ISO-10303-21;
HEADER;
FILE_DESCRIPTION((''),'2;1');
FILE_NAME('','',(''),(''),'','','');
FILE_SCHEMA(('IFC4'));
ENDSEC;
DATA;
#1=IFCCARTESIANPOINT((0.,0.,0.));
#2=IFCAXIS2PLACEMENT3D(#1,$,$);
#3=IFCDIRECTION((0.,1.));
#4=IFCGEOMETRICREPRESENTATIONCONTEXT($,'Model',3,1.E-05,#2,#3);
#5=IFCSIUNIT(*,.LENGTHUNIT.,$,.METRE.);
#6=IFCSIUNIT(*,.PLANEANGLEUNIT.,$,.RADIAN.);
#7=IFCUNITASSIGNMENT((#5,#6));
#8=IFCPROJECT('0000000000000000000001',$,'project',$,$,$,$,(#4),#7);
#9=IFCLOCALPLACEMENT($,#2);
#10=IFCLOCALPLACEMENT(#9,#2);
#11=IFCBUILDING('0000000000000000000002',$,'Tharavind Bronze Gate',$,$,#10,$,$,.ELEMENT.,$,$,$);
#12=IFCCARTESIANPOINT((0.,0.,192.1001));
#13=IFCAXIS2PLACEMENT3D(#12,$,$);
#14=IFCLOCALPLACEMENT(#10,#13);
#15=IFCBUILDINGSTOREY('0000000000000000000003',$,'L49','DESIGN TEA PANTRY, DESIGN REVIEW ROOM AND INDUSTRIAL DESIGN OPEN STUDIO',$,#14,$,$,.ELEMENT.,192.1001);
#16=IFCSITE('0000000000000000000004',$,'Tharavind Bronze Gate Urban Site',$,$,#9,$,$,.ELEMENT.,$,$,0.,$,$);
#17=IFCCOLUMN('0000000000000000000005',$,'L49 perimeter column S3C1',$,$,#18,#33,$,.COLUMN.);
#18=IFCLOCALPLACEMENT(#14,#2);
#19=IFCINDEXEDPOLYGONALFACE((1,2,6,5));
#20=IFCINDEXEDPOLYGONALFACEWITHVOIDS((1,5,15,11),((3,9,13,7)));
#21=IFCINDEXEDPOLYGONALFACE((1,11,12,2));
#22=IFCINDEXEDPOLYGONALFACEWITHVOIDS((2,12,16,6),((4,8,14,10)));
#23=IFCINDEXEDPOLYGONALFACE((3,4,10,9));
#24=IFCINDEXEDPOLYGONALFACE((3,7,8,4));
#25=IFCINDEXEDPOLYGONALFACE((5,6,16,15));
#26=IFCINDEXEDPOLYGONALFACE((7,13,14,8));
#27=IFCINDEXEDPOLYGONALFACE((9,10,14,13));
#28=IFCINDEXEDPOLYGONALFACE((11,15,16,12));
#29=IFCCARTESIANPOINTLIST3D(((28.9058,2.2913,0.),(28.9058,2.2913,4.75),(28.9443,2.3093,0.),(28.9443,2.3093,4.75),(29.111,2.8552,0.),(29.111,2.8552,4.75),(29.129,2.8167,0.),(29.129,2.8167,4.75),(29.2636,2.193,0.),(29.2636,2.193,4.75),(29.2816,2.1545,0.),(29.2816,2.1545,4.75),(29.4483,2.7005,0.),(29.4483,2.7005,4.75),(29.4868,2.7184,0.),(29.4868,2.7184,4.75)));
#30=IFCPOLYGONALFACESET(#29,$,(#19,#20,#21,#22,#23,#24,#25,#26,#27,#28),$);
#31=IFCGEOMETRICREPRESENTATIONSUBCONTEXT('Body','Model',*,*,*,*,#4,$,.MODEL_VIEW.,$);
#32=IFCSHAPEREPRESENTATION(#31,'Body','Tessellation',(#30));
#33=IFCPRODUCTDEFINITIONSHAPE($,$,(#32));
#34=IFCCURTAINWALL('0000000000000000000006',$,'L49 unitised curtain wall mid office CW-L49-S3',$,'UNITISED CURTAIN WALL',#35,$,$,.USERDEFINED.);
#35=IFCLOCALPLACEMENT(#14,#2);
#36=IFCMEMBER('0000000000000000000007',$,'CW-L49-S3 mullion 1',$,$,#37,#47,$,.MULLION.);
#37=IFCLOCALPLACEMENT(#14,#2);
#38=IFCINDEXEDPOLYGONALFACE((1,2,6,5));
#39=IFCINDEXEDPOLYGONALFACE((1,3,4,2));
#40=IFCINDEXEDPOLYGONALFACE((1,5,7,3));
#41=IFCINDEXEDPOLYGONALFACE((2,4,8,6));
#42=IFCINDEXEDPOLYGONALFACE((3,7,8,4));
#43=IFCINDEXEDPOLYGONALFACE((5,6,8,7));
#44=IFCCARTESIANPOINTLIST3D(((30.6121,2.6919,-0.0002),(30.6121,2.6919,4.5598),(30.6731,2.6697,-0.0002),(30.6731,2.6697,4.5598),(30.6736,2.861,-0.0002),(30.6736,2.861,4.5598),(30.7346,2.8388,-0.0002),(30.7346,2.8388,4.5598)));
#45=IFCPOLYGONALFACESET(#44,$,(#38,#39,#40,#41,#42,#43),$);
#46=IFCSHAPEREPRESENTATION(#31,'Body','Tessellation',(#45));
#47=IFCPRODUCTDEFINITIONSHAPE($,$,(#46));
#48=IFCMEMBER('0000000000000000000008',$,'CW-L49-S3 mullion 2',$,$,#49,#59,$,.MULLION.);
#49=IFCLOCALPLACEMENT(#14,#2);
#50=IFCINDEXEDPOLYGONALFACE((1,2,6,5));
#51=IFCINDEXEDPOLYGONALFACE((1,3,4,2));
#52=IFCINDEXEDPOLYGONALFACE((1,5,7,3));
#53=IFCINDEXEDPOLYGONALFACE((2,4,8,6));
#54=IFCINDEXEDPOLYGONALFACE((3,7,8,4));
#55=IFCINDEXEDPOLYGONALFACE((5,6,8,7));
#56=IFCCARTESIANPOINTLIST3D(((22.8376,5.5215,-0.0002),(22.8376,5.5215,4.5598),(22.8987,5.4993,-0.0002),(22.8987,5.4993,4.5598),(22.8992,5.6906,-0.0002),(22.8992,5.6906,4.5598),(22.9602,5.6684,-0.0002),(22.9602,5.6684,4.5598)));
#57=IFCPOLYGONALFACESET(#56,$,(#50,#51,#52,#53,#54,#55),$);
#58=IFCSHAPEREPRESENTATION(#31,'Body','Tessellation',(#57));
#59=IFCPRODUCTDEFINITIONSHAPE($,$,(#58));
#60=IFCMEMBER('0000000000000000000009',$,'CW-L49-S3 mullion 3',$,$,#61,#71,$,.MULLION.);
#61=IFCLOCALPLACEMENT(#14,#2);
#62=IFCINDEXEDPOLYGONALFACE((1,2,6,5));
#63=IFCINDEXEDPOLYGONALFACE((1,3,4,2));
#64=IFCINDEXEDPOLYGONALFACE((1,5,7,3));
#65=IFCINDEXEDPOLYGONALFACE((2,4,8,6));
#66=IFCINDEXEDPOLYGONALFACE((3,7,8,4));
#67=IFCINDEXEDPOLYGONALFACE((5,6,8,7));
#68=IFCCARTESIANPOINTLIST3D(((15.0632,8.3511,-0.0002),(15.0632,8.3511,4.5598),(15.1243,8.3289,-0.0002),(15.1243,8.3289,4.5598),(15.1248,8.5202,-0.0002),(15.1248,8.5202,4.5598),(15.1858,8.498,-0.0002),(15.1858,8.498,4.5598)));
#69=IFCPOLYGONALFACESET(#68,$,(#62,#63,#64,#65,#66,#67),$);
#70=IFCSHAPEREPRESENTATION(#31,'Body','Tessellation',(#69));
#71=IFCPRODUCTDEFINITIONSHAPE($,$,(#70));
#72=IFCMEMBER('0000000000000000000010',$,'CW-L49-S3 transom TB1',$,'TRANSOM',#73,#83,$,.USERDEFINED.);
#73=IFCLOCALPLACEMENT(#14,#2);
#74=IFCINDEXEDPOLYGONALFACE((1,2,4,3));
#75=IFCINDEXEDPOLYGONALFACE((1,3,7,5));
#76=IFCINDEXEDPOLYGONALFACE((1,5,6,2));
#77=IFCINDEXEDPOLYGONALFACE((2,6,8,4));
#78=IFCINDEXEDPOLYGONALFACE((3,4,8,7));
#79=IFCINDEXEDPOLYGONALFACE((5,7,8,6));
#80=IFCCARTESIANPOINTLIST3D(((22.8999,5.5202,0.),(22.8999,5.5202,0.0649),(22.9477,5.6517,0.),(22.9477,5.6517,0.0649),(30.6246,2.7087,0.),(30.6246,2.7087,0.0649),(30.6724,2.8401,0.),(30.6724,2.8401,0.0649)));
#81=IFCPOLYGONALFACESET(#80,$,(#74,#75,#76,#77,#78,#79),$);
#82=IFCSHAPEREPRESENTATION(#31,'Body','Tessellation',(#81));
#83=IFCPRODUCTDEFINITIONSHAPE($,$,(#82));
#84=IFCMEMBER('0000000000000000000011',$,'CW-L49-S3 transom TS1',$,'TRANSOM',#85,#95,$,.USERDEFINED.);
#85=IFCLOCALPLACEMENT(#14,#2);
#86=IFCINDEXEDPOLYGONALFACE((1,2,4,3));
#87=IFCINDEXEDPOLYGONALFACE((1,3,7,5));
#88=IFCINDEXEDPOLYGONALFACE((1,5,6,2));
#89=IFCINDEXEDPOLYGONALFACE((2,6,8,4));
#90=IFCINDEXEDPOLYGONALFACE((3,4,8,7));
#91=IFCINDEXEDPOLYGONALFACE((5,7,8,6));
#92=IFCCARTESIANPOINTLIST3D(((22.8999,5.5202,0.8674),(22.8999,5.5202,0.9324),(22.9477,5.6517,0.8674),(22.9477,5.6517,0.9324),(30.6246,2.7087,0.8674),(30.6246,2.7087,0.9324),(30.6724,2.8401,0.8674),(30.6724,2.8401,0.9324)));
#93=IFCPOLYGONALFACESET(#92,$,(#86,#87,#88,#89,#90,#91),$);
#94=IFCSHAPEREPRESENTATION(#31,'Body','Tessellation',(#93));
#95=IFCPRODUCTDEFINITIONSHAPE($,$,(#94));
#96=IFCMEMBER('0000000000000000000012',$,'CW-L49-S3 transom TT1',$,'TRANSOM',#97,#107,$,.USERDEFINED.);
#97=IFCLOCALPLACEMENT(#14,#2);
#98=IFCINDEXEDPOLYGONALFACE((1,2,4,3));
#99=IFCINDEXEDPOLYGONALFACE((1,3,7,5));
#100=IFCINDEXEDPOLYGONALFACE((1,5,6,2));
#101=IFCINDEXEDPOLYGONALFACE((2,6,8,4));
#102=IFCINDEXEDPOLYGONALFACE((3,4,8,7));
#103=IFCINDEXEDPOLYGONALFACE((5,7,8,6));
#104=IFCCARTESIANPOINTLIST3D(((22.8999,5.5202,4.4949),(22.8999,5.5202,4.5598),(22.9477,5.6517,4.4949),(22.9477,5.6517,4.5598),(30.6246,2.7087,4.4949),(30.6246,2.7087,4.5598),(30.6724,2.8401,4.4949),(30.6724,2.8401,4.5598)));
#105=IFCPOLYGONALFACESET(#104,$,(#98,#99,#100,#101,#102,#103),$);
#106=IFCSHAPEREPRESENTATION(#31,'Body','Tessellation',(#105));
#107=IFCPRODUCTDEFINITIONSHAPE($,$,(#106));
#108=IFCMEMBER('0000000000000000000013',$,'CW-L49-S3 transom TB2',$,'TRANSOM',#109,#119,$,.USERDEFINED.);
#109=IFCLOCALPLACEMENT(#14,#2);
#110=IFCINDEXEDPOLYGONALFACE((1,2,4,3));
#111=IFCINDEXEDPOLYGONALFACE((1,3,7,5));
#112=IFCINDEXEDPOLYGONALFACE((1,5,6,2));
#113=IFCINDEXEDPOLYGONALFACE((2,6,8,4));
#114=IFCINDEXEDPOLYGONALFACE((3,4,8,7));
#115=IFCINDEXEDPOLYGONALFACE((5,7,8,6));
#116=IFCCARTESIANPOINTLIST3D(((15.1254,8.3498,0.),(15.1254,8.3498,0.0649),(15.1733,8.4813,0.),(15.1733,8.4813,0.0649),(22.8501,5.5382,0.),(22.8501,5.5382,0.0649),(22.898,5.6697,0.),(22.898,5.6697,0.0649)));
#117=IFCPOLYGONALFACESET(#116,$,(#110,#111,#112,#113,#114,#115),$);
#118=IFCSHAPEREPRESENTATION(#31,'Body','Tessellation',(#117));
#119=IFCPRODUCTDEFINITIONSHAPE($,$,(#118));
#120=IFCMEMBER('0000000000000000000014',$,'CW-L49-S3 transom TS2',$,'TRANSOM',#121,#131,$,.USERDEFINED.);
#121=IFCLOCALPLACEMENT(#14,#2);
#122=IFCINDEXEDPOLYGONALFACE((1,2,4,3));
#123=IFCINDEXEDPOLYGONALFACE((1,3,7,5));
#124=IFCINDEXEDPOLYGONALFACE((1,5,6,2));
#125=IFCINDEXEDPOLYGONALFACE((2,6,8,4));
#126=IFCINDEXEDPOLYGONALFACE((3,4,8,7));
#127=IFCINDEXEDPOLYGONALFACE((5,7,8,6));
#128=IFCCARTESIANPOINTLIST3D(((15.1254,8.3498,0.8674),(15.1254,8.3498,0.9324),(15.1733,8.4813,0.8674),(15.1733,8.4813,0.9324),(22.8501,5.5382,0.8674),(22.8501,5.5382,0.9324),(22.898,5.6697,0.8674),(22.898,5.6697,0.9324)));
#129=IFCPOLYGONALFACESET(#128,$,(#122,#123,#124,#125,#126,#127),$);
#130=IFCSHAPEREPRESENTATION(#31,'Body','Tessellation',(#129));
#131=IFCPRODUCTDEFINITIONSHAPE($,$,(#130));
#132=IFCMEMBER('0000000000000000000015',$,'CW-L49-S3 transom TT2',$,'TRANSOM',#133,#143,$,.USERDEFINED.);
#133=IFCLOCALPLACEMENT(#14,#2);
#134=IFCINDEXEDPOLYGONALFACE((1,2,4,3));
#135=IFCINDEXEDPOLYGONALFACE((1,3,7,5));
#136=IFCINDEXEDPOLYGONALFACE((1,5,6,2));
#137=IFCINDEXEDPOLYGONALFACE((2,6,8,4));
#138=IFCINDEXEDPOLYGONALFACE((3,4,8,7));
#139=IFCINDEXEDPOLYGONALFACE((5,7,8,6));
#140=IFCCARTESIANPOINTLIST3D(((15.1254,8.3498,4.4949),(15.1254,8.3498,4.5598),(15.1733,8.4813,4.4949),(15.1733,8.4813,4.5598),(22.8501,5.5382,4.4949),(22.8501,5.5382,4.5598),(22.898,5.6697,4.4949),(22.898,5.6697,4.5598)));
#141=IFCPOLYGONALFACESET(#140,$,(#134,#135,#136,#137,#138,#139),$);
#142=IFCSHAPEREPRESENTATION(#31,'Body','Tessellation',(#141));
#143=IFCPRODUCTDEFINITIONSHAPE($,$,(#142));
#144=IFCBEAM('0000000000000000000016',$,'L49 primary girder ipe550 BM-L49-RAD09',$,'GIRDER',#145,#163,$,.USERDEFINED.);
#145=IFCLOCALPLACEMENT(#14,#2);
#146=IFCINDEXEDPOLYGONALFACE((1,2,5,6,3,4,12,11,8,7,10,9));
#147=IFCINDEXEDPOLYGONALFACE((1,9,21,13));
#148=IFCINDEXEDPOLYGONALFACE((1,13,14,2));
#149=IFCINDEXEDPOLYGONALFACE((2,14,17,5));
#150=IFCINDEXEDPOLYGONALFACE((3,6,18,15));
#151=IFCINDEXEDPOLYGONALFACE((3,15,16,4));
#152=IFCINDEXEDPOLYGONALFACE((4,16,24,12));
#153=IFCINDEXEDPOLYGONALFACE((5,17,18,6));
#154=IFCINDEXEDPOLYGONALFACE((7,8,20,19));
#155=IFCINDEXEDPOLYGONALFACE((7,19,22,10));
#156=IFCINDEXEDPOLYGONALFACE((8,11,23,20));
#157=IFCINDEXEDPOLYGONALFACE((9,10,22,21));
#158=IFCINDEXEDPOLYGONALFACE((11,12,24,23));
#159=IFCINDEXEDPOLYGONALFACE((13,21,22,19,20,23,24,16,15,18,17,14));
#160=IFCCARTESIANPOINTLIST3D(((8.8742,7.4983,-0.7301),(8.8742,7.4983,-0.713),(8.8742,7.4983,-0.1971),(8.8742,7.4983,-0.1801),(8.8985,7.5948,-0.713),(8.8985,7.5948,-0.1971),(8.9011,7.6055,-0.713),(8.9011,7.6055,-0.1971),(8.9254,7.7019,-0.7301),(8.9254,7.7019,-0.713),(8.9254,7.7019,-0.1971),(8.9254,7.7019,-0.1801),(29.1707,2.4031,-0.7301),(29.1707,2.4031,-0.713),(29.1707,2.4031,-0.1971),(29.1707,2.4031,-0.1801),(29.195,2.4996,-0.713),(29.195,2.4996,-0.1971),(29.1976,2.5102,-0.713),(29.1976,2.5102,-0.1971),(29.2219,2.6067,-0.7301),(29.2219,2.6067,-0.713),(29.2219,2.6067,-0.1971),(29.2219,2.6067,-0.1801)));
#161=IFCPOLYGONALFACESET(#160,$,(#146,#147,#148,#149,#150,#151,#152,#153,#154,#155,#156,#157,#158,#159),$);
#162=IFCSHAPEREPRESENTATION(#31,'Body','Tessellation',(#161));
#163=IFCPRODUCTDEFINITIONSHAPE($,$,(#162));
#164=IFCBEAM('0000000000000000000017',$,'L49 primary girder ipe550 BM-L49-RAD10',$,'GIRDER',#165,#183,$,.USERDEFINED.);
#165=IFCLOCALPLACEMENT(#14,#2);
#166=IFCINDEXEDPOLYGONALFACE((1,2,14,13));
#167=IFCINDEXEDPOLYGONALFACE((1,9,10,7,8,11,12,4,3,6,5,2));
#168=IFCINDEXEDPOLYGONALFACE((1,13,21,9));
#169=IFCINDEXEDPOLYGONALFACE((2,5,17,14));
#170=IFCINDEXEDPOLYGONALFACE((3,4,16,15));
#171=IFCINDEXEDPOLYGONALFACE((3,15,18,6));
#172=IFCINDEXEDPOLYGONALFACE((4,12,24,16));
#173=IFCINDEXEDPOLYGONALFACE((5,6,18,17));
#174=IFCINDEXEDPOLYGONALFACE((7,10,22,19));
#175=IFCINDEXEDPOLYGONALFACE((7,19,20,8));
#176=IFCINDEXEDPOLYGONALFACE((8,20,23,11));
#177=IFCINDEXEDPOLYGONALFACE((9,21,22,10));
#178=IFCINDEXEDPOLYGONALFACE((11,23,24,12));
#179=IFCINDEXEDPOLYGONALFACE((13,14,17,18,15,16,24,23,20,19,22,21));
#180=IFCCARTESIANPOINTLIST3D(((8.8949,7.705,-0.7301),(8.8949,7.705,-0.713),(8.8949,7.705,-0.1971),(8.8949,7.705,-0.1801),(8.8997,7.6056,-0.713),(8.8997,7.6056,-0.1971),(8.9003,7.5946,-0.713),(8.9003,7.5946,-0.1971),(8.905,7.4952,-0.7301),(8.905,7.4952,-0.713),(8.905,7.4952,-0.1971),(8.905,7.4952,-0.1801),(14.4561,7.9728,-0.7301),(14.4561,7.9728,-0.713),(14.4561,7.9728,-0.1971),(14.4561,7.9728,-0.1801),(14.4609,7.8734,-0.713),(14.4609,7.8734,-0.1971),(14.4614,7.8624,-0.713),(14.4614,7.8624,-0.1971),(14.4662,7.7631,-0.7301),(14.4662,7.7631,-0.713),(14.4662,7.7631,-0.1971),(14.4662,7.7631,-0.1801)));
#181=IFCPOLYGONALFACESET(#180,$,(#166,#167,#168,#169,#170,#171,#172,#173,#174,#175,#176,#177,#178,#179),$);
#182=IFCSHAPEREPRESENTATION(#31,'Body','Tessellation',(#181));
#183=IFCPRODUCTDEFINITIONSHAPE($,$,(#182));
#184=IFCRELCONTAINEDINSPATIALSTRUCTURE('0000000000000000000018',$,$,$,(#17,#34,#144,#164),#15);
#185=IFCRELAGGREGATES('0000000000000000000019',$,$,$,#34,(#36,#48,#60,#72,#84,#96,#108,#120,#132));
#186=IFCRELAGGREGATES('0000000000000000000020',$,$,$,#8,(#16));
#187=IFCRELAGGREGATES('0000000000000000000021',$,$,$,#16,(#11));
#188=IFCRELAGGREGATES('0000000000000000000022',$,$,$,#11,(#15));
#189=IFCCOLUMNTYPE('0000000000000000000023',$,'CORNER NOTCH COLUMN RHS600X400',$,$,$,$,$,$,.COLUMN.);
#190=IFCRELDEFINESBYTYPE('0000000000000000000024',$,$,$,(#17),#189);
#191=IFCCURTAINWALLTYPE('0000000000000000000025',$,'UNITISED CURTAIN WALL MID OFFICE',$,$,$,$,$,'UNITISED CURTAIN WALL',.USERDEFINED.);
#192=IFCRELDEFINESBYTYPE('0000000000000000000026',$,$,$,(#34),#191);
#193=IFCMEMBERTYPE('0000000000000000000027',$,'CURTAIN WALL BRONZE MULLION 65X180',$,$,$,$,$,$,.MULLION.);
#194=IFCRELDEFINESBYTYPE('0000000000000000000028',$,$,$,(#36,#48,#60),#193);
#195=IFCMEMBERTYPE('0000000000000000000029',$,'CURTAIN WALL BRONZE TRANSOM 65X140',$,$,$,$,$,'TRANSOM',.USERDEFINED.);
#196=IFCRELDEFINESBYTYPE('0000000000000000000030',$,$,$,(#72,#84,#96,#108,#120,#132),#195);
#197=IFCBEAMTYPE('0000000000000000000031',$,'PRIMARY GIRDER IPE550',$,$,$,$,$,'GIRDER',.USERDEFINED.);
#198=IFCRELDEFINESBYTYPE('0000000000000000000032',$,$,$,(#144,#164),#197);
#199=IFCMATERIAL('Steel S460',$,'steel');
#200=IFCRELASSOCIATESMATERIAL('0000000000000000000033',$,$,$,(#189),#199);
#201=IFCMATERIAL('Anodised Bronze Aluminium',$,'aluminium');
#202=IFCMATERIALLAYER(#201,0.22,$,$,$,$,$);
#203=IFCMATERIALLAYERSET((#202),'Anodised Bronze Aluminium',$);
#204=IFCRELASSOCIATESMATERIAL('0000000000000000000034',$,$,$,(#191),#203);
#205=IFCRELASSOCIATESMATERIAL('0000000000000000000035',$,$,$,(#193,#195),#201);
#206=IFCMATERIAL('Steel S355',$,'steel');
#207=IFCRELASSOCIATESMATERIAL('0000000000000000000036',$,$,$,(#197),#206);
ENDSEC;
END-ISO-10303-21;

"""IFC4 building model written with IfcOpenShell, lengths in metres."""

from ifc_helpers import new_model, si_unit, direction, frame, origin, origin_2d, place, context, subcontext, project, spatial, rectangle, hollow_rectangle, i_section, extrude, material, layer, layer_set, material_profile, profile_set, type_object, element, aggregate, save


model = new_model("IFC4")

# Units and contexts
model_context = context("Model", 3, precision=1e-05, world=origin(), true_north=direction((0.0, 1.0)))
body_context = subcontext(model_context, "Body", "Model", "MODEL_VIEW")
ifc_project = project(units=[si_unit("LENGTHUNIT", "METRE"), si_unit("PLANEANGLEUNIT", "RADIAN")], contexts=[model_context])

# Site, building, storey
site_placement = place(None, origin())
site = spatial("IfcSite", under=ifc_project, at=site_placement, Name="Tharavind Bronze Gate Urban Site", CompositionType="ELEMENT", RefElevation=0.0)
building_placement = place(site_placement, origin())
building = spatial("IfcBuilding", under=site, at=building_placement, Name="Tharavind Bronze Gate", CompositionType="ELEMENT")
storey_placement = place(building_placement, frame((0.0, 0.0, 192.1001)))
storey = spatial("IfcBuildingStorey", under=building, at=storey_placement, Name="L49", Description="DESIGN TEA PANTRY, DESIGN REVIEW ROOM AND INDUSTRIAL DESIGN OPEN STUDIO", CompositionType="ELEMENT", Elevation=192.1001)

# Column
ifc_material_1 = material(Name="Steel S460", Category="steel")
ifc_material_profile_1 = material_profile(ifc_material_1, hollow_rectangle(XDim=0.3999, YDim=0.6001, WallThickness=0.03, at=origin_2d()), Name="RHS600X400X30")
ifc_profile_set_1 = profile_set([ifc_material_profile_1], Name="Steel S460")
column_type = type_object("IfcColumnType", Name="CORNER NOTCH COLUMN RHS600X400", PredefinedType="COLUMN", material=ifc_profile_set_1)
column_placement = place(storey_placement, frame((29.1963, 2.5049, 0.0), z_axis=(0.0, 0.0, 1.0), x_axis=(-0.939692, 0.342022, 0.0)))
element("IfcColumn", 1, at=column_placement, inside=storey, type_object=column_type, Name="L49 perimeter column S3C1", PredefinedType="COLUMN", context=body_context, shape_type="SweptSolid", body=[
    extrude(hollow_rectangle(XDim=0.3999, YDim=0.6001, WallThickness=0.03, at=origin_2d()), origin(), (0.0, 0.0, 1.0), 4.75),
])

# Curtain wall, members
ifc_material_2 = material(Name="Anodised Bronze Aluminium", Category="aluminium")
ifc_layer_1 = layer(ifc_material_2, 0.22)
ifc_layer_set_1 = layer_set([ifc_layer_1], Name="Anodised Bronze Aluminium")
curtain_wall_type = type_object("IfcCurtainWallType", Name="UNITISED CURTAIN WALL MID OFFICE", ElementType="UNITISED CURTAIN WALL", PredefinedType="USERDEFINED", material=ifc_layer_set_1)
curtain_wall_placement = place(storey_placement, origin())
curtain_wall = element("IfcCurtainWall", 2, at=curtain_wall_placement, inside=storey, type_object=curtain_wall_type, Name="L49 unitised curtain wall mid office CW-L49-S3", ObjectType="UNITISED CURTAIN WALL", PredefinedType="USERDEFINED")
member_type_1 = type_object("IfcMemberType", Name="CURTAIN WALL BRONZE MULLION 65X180", PredefinedType="MULLION", material=ifc_material_2)
member_1_placement = place(storey_placement, frame((30.6733, 2.7654, -0.0002), z_axis=(0.0, 0.0, 1.0), x_axis=(-0.939692, 0.342022, 0.0)))
member_1 = element("IfcMember", 3, at=member_1_placement, type_object=member_type_1, Name="CW-L49-S3 mullion 1", PredefinedType="MULLION", context=body_context, shape_type="SweptSolid", body=[
    extrude(rectangle(XDim=0.0649, YDim=0.1799, at=origin_2d()), origin(), (0.0, 0.0, 1.0), 4.5601),
])
member_2_placement = place(storey_placement, frame((22.8989, 5.595, -0.0002), z_axis=(0.0, 0.0, 1.0), x_axis=(-0.939692, 0.342022, 0.0)))
member_2 = element("IfcMember", 4, at=member_2_placement, type_object=member_type_1, Name="CW-L49-S3 mullion 2", PredefinedType="MULLION", context=body_context, shape_type="SweptSolid", body=[
    extrude(rectangle(XDim=0.0649, YDim=0.1799, at=origin_2d()), origin(), (0.0, 0.0, 1.0), 4.5601),
])
member_3_placement = place(storey_placement, frame((15.1245, 8.4246, -0.0002), z_axis=(0.0, 0.0, 1.0), x_axis=(-0.939692, 0.342022, 0.0)))
member_3 = element("IfcMember", 5, at=member_3_placement, type_object=member_type_1, Name="CW-L49-S3 mullion 3", PredefinedType="MULLION", context=body_context, shape_type="SweptSolid", body=[
    extrude(rectangle(XDim=0.0649, YDim=0.1799, at=origin_2d()), origin(), (0.0, 0.0, 1.0), 4.5601),
])
member_type_2 = type_object("IfcMemberType", Name="CURTAIN WALL BRONZE TRANSOM 65X140", ElementType="TRANSOM", PredefinedType="USERDEFINED", material=ifc_material_2)
member_4_placement = place(storey_placement, frame((26.7861, 4.1802, 0.0), z_axis=(0.0, 0.0, 1.0), x_axis=(-0.939692, 0.342022, 0.0)))
member_4 = element("IfcMember", 6, at=member_4_placement, type_object=member_type_2, Name="CW-L49-S3 transom TB1", ObjectType="TRANSOM", PredefinedType="USERDEFINED", context=body_context, shape_type="SweptSolid", body=[
    extrude(rectangle(XDim=8.2205, YDim=0.1399, at=origin_2d()), origin(), (0.0, 0.0, 1.0), 0.0649),
])
member_5_placement = place(storey_placement, frame((26.7861, 4.1802, 0.8674), z_axis=(0.0, 0.0, 1.0), x_axis=(-0.939692, 0.342022, 0.0)))
member_5 = element("IfcMember", 7, at=member_5_placement, type_object=member_type_2, Name="CW-L49-S3 transom TS1", ObjectType="TRANSOM", PredefinedType="USERDEFINED", context=body_context, shape_type="SweptSolid", body=[
    extrude(rectangle(XDim=8.2205, YDim=0.1399, at=origin_2d()), origin(), (0.0, 0.0, 1.0), 0.0649),
])
member_6_placement = place(storey_placement, frame((26.7861, 4.1802, 4.4949), z_axis=(0.0, 0.0, 1.0), x_axis=(-0.939692, 0.342022, 0.0)))
member_6 = element("IfcMember", 8, at=member_6_placement, type_object=member_type_2, Name="CW-L49-S3 transom TT1", ObjectType="TRANSOM", PredefinedType="USERDEFINED", context=body_context, shape_type="SweptSolid", body=[
    extrude(rectangle(XDim=8.2205, YDim=0.1399, at=origin_2d()), origin(), (0.0, 0.0, 1.0), 0.0649),
])
member_7_placement = place(storey_placement, frame((19.0117, 7.0098, 0.0), z_axis=(0.0, 0.0, 1.0), x_axis=(-0.939692, 0.342022, 0.0)))
member_7 = element("IfcMember", 9, at=member_7_placement, type_object=member_type_2, Name="CW-L49-S3 transom TB2", ObjectType="TRANSOM", PredefinedType="USERDEFINED", context=body_context, shape_type="SweptSolid", body=[
    extrude(rectangle(XDim=8.2205, YDim=0.1399, at=origin_2d()), origin(), (0.0, 0.0, 1.0), 0.0649),
])
member_8_placement = place(storey_placement, frame((19.0117, 7.0098, 0.8674), z_axis=(0.0, 0.0, 1.0), x_axis=(-0.939692, 0.342022, 0.0)))
member_8 = element("IfcMember", 10, at=member_8_placement, type_object=member_type_2, Name="CW-L49-S3 transom TS2", ObjectType="TRANSOM", PredefinedType="USERDEFINED", context=body_context, shape_type="SweptSolid", body=[
    extrude(rectangle(XDim=8.2205, YDim=0.1399, at=origin_2d()), origin(), (0.0, 0.0, 1.0), 0.0649),
])
member_9_placement = place(storey_placement, frame((19.0117, 7.0098, 4.4949), z_axis=(0.0, 0.0, 1.0), x_axis=(-0.939692, 0.342022, 0.0)))
member_9 = element("IfcMember", 11, at=member_9_placement, type_object=member_type_2, Name="CW-L49-S3 transom TT2", ObjectType="TRANSOM", PredefinedType="USERDEFINED", context=body_context, shape_type="SweptSolid", body=[
    extrude(rectangle(XDim=8.2205, YDim=0.1399, at=origin_2d()), origin(), (0.0, 0.0, 1.0), 0.0649),
])

# Beams
ifc_material_3 = material(Name="Steel S355", Category="steel")
ifc_material_profile_2 = material_profile(ifc_material_3, i_section(OverallWidth=0.21, OverallDepth=0.55, WebThickness=0.011, FlangeThickness=0.0171, at=origin_2d()), Name="IPE550")
ifc_profile_set_2 = profile_set([ifc_material_profile_2], Name="Steel S355")
beam_type_1 = type_object("IfcBeamType", Name="PRIMARY GIRDER IPE550", ElementType="GIRDER", PredefinedType="USERDEFINED", material=ifc_profile_set_2)
beam_1_placement = place(storey_placement, frame((29.1963, 2.5049, -0.4551), z_axis=(-0.969905, 0.243485, 0.0), x_axis=(-0.243485, -0.969905, 0.0)))
element("IfcBeam", 12, at=beam_1_placement, inside=storey, type_object=beam_type_1, Name="L49 primary girder ipe550 BM-L49-RAD09", ObjectType="GIRDER", PredefinedType="USERDEFINED", context=body_context, shape_type="SweptSolid", body=[
    extrude(i_section(OverallWidth=0.21, OverallDepth=0.55, WebThickness=0.011, FlangeThickness=0.0171, at=origin_2d()), origin(), (0.0, 0.0, 1.0), 20.9263),
])
beam_2_placement = place(storey_placement, frame((14.4612, 7.8679, -0.4551), z_axis=(-0.998842, -0.048103, 0.0), x_axis=(0.048103, -0.998842, 0.0)))
element("IfcBeam", 13, at=beam_2_placement, inside=storey, type_object=beam_type_1, Name="L49 primary girder ipe550 BM-L49-RAD10", ObjectType="GIRDER", PredefinedType="USERDEFINED", context=body_context, shape_type="SweptSolid", body=[
    extrude(i_section(OverallWidth=0.21, OverallDepth=0.55, WebThickness=0.011, FlangeThickness=0.0171, at=origin_2d()), origin(), (0.0, 0.0, 1.0), 5.5676),
])

aggregate(curtain_wall, [member_1, member_2, member_3, member_4, member_5, member_6, member_7, member_8, member_9])

save(model, "model.ifc")
